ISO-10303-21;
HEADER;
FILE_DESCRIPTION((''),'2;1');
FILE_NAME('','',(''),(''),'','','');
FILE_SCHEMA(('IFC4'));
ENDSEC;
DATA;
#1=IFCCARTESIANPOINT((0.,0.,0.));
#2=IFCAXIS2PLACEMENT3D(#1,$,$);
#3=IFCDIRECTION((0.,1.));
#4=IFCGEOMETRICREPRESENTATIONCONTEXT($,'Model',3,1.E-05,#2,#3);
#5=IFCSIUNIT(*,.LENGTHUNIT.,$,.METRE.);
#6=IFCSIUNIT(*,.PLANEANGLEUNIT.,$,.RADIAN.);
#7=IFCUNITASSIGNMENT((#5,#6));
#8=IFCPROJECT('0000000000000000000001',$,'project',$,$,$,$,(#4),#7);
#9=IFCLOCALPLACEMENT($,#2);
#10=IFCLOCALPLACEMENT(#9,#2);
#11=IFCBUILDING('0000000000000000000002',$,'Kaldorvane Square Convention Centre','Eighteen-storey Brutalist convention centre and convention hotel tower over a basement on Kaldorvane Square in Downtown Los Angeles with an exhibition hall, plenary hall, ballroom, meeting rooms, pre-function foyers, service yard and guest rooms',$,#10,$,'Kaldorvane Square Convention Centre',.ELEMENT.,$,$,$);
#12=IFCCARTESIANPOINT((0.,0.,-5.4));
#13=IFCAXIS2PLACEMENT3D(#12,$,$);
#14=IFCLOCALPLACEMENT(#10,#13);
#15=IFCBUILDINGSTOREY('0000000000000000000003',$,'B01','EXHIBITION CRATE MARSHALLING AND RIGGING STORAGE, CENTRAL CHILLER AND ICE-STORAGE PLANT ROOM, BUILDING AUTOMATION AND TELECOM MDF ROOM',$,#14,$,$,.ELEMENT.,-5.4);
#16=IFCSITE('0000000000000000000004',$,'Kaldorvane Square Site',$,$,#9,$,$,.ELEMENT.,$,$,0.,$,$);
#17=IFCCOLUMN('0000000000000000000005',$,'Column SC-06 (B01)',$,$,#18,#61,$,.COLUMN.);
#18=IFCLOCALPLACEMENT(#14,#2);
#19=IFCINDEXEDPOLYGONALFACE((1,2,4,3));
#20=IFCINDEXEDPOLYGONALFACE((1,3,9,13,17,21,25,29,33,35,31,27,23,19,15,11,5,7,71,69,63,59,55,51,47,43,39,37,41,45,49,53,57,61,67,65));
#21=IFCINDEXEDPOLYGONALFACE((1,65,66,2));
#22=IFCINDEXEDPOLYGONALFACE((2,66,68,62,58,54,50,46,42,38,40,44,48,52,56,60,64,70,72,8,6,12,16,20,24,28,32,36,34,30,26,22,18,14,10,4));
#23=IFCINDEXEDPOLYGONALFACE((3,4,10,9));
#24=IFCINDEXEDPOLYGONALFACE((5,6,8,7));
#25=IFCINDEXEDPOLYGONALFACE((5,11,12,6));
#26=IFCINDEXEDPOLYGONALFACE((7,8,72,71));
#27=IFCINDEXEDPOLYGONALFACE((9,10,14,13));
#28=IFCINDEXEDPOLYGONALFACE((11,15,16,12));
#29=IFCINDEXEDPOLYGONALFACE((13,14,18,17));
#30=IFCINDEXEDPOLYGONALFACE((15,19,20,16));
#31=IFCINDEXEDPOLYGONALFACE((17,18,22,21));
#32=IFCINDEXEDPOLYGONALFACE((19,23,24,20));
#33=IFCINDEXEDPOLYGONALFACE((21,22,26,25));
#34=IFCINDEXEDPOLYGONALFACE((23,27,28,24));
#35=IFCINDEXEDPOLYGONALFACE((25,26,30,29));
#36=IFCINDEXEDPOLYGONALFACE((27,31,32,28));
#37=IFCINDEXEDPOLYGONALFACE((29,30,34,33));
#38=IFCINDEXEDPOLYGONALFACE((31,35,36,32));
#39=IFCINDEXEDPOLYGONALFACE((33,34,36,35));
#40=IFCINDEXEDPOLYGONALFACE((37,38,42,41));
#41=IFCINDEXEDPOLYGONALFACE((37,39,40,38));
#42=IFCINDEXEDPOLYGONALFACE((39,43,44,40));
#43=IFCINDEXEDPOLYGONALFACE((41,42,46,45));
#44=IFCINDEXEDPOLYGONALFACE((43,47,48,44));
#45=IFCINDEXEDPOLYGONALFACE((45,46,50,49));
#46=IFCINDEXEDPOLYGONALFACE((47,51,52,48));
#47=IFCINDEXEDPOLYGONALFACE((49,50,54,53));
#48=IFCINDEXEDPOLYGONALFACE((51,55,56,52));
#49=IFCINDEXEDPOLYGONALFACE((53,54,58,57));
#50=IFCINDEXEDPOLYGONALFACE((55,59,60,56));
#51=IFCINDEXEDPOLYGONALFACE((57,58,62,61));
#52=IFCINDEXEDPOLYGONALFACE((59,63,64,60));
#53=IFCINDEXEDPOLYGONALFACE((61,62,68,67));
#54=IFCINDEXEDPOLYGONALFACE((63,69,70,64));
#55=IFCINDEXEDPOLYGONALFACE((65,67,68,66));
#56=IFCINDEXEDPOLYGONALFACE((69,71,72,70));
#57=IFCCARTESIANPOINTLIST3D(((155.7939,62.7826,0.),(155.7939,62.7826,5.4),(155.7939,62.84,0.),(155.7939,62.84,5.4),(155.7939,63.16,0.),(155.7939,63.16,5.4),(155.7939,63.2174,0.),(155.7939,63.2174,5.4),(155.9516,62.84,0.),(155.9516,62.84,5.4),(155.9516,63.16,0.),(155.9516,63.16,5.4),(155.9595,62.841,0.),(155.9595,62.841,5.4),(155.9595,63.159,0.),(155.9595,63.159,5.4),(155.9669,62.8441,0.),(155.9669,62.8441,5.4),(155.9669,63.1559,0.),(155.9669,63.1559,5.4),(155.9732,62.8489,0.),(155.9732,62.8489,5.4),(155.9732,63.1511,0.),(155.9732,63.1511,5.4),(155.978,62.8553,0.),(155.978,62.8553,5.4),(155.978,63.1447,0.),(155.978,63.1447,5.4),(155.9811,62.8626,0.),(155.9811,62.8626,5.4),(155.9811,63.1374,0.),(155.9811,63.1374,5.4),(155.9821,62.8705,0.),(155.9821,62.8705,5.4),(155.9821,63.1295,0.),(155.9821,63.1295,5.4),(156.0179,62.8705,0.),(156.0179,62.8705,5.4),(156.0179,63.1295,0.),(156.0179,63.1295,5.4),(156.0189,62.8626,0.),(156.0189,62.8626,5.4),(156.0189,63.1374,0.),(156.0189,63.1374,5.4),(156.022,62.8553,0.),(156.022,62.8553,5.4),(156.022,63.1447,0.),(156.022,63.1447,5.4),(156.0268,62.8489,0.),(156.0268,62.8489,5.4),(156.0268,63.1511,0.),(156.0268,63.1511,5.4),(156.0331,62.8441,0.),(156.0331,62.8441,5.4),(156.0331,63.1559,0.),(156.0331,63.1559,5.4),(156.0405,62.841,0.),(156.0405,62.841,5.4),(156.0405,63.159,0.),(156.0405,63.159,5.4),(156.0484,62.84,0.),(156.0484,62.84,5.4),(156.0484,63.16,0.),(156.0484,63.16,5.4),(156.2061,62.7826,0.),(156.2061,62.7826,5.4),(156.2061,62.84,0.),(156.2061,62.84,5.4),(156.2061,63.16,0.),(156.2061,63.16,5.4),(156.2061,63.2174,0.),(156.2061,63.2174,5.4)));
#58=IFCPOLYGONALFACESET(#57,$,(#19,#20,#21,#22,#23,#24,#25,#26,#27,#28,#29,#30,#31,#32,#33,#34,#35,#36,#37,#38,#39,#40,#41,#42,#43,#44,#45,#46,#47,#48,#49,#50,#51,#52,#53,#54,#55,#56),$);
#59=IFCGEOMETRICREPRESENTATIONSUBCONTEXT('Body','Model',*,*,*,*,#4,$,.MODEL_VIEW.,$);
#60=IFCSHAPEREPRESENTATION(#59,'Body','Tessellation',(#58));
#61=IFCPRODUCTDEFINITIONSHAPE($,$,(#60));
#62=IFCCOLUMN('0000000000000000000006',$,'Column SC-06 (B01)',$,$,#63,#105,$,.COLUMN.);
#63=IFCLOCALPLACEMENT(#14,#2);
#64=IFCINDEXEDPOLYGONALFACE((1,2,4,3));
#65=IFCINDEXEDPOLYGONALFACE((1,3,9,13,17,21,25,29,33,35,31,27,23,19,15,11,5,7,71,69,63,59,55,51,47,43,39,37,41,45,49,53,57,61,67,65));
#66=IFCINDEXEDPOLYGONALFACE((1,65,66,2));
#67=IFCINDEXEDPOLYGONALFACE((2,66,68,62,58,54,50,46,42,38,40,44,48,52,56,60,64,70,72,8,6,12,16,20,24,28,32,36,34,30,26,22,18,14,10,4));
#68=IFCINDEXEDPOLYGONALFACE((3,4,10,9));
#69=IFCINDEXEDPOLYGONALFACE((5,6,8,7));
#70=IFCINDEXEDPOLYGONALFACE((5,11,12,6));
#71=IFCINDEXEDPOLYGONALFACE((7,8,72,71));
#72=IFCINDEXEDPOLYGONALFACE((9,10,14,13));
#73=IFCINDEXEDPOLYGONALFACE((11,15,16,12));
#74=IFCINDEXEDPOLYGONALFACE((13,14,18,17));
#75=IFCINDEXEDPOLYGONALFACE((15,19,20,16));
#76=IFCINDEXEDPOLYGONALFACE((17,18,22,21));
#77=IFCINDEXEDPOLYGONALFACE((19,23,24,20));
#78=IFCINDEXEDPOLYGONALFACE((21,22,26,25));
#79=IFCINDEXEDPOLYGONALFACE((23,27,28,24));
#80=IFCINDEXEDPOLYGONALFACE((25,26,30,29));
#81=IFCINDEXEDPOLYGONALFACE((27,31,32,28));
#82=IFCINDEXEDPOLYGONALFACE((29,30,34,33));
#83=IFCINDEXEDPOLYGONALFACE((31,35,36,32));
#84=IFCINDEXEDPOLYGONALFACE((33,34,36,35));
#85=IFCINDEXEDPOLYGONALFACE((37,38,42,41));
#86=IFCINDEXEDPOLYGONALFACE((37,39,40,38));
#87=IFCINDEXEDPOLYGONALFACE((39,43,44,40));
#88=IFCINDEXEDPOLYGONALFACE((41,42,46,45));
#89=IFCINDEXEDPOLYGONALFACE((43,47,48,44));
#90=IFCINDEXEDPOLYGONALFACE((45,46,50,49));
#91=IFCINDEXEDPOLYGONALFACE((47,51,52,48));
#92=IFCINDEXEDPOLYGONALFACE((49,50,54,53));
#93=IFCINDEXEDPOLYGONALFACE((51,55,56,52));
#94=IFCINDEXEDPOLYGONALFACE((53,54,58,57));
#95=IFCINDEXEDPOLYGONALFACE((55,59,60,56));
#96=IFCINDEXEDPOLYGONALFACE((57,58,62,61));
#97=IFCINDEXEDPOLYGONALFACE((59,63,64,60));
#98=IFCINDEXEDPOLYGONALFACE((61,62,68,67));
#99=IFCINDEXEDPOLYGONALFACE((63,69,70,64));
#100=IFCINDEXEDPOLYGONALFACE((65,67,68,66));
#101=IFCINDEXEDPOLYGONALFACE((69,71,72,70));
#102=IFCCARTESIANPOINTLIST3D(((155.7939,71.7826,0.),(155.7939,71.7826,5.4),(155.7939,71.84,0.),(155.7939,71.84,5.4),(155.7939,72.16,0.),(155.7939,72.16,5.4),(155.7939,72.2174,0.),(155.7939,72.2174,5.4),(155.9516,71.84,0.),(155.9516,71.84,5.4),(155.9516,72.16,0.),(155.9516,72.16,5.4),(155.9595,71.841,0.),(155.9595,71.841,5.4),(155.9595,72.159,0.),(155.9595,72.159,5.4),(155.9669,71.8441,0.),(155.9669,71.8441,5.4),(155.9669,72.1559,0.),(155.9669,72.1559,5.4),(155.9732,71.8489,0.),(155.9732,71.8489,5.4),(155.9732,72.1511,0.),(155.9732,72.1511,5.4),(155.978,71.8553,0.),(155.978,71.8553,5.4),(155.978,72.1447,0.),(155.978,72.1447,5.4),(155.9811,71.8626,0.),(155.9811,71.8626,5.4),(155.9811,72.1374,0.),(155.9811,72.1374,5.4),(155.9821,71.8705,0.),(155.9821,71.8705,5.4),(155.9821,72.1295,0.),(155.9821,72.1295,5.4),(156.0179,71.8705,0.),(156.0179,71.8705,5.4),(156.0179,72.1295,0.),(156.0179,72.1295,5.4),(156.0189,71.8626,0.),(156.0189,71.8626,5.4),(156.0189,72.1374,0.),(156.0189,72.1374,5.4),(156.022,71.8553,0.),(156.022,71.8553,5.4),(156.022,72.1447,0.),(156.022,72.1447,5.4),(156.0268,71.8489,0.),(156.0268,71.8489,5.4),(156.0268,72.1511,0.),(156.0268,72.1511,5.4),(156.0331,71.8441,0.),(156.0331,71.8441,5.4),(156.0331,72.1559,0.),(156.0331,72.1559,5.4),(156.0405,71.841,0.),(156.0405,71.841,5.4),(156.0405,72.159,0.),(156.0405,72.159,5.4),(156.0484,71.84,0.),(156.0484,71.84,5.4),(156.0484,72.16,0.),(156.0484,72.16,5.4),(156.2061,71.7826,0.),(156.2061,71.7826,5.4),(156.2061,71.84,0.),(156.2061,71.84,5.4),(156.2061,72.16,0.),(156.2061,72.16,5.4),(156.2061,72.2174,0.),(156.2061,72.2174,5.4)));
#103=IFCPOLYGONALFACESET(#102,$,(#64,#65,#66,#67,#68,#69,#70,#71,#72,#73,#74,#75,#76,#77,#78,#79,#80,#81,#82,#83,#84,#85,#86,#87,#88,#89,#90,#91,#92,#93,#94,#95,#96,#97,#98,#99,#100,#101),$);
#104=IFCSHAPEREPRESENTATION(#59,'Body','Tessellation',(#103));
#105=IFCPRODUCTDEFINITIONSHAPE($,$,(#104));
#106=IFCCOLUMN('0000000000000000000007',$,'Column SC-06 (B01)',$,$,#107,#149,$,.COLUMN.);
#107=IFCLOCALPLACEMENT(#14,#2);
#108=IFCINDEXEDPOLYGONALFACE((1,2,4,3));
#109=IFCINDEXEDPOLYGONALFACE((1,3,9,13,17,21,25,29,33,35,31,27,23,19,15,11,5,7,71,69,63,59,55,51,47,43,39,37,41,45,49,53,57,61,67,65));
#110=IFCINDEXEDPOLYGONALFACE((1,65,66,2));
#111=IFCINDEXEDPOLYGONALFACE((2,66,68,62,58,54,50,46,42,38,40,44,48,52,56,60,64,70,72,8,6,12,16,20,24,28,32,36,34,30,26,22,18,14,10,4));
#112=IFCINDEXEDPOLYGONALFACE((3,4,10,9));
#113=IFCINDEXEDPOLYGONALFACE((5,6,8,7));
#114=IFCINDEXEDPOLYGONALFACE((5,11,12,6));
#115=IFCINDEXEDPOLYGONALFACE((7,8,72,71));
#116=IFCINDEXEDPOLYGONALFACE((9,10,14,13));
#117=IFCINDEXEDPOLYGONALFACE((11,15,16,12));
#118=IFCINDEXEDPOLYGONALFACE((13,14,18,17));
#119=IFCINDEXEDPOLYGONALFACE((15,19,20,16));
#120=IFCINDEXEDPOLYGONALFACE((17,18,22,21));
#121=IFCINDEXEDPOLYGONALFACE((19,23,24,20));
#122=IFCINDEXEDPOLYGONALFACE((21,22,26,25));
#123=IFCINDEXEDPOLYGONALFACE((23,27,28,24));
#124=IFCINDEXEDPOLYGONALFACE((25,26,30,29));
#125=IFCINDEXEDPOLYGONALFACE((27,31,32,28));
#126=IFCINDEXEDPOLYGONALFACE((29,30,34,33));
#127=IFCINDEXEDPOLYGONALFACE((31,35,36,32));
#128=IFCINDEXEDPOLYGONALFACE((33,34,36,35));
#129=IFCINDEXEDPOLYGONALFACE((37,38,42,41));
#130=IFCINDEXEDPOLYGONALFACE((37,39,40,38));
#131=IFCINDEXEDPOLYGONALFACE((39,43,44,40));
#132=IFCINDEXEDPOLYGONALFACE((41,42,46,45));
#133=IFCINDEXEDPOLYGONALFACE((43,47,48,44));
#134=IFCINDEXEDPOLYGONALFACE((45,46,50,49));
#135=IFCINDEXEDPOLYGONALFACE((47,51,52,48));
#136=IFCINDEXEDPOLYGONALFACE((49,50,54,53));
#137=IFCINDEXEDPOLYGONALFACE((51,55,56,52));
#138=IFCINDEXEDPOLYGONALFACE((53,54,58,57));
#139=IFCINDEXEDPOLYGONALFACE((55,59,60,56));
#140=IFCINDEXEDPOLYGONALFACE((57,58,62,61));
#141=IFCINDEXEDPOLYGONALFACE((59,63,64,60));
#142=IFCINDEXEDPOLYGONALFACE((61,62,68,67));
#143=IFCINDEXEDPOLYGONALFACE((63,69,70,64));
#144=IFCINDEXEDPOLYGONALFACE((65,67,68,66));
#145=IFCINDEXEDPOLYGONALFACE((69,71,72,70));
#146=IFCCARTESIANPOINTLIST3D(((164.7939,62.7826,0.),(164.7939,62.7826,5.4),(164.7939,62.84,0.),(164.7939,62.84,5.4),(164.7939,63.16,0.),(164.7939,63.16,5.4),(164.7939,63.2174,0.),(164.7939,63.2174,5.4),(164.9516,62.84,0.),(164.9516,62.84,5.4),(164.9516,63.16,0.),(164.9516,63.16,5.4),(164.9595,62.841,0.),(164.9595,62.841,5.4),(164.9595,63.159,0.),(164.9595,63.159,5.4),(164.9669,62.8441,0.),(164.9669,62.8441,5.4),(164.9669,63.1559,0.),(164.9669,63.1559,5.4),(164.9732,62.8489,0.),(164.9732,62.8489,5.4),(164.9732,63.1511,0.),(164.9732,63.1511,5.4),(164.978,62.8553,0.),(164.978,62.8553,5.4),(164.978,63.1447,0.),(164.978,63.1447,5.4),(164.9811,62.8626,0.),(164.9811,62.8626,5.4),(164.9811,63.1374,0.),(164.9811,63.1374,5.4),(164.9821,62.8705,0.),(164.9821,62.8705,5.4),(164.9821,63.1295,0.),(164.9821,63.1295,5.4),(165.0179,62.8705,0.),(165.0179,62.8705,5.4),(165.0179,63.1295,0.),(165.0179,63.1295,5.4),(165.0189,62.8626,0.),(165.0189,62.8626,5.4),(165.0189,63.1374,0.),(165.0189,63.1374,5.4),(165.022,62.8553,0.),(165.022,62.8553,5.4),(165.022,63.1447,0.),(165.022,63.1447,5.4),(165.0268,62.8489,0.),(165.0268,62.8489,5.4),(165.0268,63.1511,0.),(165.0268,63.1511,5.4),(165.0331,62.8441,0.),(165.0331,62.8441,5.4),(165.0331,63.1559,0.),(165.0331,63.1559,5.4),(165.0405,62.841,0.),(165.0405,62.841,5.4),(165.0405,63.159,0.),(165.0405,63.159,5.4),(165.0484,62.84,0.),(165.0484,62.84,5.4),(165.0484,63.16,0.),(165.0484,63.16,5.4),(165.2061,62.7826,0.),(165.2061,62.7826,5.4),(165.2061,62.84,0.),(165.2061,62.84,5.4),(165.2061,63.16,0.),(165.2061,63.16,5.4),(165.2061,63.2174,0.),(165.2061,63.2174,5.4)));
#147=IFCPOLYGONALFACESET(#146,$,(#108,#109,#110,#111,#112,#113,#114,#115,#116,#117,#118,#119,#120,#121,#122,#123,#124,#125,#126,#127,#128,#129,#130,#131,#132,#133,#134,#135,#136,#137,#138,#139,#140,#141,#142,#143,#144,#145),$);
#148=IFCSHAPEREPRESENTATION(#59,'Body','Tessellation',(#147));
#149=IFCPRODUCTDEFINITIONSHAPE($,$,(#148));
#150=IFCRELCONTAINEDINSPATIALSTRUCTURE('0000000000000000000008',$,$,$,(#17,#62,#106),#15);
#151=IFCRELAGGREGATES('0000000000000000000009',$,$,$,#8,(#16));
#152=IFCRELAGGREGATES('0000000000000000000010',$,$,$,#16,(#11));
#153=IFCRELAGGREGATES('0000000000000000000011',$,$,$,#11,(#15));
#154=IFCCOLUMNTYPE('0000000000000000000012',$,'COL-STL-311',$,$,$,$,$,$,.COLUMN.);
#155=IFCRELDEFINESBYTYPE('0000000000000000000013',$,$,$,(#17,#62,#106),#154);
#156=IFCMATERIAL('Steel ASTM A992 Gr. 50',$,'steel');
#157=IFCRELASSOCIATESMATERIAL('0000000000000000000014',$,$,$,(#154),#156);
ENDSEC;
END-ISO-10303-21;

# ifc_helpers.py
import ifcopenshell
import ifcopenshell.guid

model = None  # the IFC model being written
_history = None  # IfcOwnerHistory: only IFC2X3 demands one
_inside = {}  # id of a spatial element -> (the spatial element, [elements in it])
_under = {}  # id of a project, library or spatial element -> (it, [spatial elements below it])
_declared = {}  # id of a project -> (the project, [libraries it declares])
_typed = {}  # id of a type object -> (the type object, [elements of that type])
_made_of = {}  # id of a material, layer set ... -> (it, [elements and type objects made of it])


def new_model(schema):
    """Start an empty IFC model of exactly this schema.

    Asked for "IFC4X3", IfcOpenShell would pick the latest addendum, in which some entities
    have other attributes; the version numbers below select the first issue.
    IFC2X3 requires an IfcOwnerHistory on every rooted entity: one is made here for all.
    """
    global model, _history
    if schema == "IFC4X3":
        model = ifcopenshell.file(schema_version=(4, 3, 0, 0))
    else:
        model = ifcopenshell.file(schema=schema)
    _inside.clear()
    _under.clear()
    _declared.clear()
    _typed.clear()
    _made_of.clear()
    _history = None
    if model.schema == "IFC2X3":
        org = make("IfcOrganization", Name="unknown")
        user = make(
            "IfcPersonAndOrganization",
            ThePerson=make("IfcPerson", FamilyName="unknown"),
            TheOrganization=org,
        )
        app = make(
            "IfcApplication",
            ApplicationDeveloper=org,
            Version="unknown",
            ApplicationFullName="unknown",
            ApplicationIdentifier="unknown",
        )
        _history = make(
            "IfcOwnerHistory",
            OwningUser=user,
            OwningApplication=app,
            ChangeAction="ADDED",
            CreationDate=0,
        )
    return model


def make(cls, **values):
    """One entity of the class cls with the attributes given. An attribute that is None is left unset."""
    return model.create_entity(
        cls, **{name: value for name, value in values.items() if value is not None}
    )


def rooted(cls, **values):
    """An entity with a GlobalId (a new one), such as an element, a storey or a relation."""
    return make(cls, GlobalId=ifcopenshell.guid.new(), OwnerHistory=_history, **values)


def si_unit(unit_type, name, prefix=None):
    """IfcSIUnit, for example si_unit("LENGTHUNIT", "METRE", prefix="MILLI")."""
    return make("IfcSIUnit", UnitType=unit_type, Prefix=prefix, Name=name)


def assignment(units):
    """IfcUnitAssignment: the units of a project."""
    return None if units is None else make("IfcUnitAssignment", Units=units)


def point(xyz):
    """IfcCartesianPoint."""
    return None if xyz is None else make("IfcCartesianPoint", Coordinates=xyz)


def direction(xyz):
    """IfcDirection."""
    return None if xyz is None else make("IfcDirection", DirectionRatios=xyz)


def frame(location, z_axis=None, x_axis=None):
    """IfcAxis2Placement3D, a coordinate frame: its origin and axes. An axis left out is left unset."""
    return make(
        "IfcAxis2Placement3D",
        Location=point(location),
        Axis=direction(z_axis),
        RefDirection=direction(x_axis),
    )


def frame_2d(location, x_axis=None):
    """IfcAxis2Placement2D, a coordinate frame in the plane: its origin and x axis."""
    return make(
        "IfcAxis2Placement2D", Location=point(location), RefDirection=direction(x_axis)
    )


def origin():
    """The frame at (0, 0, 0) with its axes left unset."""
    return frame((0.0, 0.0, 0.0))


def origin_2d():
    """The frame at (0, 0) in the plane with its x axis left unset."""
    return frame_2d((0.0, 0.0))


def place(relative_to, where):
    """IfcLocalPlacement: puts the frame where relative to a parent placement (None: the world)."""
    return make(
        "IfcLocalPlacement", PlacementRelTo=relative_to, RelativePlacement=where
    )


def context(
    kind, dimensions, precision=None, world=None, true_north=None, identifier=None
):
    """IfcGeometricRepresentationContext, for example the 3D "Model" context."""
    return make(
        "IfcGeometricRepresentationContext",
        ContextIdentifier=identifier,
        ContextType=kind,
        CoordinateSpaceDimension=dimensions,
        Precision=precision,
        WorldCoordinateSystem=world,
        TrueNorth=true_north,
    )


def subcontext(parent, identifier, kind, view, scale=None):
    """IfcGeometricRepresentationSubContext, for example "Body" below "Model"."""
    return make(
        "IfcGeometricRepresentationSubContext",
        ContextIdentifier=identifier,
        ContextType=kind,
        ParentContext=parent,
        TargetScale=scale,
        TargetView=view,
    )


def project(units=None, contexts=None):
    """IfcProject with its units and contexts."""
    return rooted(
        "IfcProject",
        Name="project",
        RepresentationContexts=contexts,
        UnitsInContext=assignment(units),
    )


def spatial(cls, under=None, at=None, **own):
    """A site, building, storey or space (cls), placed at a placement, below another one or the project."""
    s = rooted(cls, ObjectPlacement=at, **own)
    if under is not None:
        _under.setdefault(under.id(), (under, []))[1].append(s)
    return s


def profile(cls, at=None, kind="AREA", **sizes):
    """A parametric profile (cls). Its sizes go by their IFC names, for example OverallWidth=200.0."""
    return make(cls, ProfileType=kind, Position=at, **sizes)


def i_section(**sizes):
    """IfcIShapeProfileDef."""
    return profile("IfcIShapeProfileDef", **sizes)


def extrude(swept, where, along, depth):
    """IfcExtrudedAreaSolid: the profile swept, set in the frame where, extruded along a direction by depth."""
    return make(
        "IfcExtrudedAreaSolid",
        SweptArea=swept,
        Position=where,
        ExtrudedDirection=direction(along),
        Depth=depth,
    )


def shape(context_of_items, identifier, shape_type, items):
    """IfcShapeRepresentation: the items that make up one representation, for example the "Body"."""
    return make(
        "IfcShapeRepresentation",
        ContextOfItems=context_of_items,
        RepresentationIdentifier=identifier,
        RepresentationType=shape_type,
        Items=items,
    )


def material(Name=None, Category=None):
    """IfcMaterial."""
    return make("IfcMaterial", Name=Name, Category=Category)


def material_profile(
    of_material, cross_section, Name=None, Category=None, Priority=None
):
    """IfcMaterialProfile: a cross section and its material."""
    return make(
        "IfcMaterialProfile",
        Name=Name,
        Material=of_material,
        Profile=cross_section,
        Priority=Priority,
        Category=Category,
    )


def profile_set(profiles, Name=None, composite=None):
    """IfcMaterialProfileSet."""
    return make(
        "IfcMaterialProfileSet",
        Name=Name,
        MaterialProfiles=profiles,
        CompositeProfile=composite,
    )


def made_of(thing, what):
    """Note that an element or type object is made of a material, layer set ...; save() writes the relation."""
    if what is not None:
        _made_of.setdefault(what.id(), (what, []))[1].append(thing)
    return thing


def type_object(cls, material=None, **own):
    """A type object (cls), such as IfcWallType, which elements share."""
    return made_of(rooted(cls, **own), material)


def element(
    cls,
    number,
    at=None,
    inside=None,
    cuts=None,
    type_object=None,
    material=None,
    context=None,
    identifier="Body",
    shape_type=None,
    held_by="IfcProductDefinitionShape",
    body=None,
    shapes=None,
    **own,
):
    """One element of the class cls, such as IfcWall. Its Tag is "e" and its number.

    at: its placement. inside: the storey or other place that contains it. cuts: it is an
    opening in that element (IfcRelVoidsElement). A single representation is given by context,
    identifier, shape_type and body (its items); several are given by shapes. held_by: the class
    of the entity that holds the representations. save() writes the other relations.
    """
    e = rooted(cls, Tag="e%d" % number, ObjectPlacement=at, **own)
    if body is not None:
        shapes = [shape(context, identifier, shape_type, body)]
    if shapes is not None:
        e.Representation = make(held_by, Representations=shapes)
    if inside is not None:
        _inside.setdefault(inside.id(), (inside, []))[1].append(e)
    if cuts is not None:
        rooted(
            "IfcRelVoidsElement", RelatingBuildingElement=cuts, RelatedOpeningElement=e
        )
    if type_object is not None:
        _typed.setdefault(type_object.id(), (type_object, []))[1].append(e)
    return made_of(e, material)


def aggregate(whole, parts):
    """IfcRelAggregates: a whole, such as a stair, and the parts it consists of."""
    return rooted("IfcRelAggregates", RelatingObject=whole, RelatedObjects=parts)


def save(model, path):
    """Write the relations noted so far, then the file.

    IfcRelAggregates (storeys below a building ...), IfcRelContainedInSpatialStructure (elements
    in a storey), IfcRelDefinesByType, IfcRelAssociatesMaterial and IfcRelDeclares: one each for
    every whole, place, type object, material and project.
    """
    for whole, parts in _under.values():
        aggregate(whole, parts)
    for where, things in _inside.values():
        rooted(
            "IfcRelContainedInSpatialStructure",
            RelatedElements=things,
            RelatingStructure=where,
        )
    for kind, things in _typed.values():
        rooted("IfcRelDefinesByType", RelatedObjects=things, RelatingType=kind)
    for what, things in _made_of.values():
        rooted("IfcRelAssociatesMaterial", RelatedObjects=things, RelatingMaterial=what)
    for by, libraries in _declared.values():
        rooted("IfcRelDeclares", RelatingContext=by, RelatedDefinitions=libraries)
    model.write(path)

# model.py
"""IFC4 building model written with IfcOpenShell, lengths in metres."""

from ifc_helpers import new_model, si_unit, direction, frame, origin, origin_2d, place, context, subcontext, project, spatial, i_section, extrude, material, material_profile, profile_set, type_object, element, save


model = new_model("IFC4")

# Units and contexts
model_context = context("Model", 3, precision=1e-05, world=origin(), true_north=direction((0.0, 1.0)))
body_context = subcontext(model_context, "Body", "Model", "MODEL_VIEW")
ifc_project = project(units=[si_unit("LENGTHUNIT", "METRE"), si_unit("PLANEANGLEUNIT", "RADIAN")], contexts=[model_context])

# Site, building, storey
site_placement = place(None, origin())
site = spatial("IfcSite", under=ifc_project, at=site_placement, Name="Kaldorvane Square Site", CompositionType="ELEMENT", RefElevation=0.0)
building_placement = place(site_placement, origin())
building = spatial("IfcBuilding", under=site, at=building_placement, Name="Kaldorvane Square Convention Centre", Description="Eighteen-storey Brutalist convention centre and convention hotel tower over a basement on Kaldorvane Square in Downtown Los Angeles with an exhibition hall, plenary hall, ballroom, meeting rooms, pre-function foyers, service yard and guest rooms", LongName="Kaldorvane Square Convention Centre", CompositionType="ELEMENT")
storey_placement = place(building_placement, frame((0.0, 0.0, -5.4)))
storey = spatial("IfcBuildingStorey", under=building, at=storey_placement, Name="B01", Description="EXHIBITION CRATE MARSHALLING AND RIGGING STORAGE, CENTRAL CHILLER AND ICE-STORAGE PLANT ROOM, BUILDING AUTOMATION AND TELECOM MDF ROOM", CompositionType="ELEMENT", Elevation=-5.4)

# Columns
ifc_material_1 = material(Name="Steel ASTM A992 Gr. 50", Category="steel")
ifc_material_profile_1 = material_profile(ifc_material_1, i_section(OverallWidth=0.4122, OverallDepth=0.4348, WebThickness=0.0358, FlangeThickness=0.0574, FilletRadius=0.0305, at=origin_2d()), Name="W14X311")
ifc_profile_set_1 = profile_set([ifc_material_profile_1], Name="Steel ASTM A992 Gr. 50")
column_type_1 = type_object("IfcColumnType", Name="COL-STL-311", PredefinedType="COLUMN", material=ifc_profile_set_1)
for number, where, z_axis, x_axis, name in (
    (1, (156.0, 63.0, 0.0), (0.0, 0.0, 1.0), (1.0, 0.0, 0.0), "Column SC-06 (B01)"),
    (2, (156.0, 72.0, 0.0), (0.0, 0.0, 1.0), (1.0, 0.0, 0.0), "Column SC-06 (B01)"),
    (3, (165.0, 63.0, 0.0), (0.0, 0.0, 1.0), (1.0, 0.0, 0.0), "Column SC-06 (B01)"),
):
    element("IfcColumn", number, at=place(storey_placement, frame(where, z_axis=z_axis, x_axis=x_axis)), inside=storey, type_object=column_type_1, Name=name, PredefinedType="COLUMN", context=body_context, shape_type="SweptSolid", body=[
        extrude(i_section(OverallWidth=0.4122, OverallDepth=0.4348, WebThickness=0.0358, FlangeThickness=0.0574, FilletRadius=0.0305, at=origin_2d()), origin(), (0.0, 0.0, 1.0), 5.4),
    ])

save(model, "model.ifc")
